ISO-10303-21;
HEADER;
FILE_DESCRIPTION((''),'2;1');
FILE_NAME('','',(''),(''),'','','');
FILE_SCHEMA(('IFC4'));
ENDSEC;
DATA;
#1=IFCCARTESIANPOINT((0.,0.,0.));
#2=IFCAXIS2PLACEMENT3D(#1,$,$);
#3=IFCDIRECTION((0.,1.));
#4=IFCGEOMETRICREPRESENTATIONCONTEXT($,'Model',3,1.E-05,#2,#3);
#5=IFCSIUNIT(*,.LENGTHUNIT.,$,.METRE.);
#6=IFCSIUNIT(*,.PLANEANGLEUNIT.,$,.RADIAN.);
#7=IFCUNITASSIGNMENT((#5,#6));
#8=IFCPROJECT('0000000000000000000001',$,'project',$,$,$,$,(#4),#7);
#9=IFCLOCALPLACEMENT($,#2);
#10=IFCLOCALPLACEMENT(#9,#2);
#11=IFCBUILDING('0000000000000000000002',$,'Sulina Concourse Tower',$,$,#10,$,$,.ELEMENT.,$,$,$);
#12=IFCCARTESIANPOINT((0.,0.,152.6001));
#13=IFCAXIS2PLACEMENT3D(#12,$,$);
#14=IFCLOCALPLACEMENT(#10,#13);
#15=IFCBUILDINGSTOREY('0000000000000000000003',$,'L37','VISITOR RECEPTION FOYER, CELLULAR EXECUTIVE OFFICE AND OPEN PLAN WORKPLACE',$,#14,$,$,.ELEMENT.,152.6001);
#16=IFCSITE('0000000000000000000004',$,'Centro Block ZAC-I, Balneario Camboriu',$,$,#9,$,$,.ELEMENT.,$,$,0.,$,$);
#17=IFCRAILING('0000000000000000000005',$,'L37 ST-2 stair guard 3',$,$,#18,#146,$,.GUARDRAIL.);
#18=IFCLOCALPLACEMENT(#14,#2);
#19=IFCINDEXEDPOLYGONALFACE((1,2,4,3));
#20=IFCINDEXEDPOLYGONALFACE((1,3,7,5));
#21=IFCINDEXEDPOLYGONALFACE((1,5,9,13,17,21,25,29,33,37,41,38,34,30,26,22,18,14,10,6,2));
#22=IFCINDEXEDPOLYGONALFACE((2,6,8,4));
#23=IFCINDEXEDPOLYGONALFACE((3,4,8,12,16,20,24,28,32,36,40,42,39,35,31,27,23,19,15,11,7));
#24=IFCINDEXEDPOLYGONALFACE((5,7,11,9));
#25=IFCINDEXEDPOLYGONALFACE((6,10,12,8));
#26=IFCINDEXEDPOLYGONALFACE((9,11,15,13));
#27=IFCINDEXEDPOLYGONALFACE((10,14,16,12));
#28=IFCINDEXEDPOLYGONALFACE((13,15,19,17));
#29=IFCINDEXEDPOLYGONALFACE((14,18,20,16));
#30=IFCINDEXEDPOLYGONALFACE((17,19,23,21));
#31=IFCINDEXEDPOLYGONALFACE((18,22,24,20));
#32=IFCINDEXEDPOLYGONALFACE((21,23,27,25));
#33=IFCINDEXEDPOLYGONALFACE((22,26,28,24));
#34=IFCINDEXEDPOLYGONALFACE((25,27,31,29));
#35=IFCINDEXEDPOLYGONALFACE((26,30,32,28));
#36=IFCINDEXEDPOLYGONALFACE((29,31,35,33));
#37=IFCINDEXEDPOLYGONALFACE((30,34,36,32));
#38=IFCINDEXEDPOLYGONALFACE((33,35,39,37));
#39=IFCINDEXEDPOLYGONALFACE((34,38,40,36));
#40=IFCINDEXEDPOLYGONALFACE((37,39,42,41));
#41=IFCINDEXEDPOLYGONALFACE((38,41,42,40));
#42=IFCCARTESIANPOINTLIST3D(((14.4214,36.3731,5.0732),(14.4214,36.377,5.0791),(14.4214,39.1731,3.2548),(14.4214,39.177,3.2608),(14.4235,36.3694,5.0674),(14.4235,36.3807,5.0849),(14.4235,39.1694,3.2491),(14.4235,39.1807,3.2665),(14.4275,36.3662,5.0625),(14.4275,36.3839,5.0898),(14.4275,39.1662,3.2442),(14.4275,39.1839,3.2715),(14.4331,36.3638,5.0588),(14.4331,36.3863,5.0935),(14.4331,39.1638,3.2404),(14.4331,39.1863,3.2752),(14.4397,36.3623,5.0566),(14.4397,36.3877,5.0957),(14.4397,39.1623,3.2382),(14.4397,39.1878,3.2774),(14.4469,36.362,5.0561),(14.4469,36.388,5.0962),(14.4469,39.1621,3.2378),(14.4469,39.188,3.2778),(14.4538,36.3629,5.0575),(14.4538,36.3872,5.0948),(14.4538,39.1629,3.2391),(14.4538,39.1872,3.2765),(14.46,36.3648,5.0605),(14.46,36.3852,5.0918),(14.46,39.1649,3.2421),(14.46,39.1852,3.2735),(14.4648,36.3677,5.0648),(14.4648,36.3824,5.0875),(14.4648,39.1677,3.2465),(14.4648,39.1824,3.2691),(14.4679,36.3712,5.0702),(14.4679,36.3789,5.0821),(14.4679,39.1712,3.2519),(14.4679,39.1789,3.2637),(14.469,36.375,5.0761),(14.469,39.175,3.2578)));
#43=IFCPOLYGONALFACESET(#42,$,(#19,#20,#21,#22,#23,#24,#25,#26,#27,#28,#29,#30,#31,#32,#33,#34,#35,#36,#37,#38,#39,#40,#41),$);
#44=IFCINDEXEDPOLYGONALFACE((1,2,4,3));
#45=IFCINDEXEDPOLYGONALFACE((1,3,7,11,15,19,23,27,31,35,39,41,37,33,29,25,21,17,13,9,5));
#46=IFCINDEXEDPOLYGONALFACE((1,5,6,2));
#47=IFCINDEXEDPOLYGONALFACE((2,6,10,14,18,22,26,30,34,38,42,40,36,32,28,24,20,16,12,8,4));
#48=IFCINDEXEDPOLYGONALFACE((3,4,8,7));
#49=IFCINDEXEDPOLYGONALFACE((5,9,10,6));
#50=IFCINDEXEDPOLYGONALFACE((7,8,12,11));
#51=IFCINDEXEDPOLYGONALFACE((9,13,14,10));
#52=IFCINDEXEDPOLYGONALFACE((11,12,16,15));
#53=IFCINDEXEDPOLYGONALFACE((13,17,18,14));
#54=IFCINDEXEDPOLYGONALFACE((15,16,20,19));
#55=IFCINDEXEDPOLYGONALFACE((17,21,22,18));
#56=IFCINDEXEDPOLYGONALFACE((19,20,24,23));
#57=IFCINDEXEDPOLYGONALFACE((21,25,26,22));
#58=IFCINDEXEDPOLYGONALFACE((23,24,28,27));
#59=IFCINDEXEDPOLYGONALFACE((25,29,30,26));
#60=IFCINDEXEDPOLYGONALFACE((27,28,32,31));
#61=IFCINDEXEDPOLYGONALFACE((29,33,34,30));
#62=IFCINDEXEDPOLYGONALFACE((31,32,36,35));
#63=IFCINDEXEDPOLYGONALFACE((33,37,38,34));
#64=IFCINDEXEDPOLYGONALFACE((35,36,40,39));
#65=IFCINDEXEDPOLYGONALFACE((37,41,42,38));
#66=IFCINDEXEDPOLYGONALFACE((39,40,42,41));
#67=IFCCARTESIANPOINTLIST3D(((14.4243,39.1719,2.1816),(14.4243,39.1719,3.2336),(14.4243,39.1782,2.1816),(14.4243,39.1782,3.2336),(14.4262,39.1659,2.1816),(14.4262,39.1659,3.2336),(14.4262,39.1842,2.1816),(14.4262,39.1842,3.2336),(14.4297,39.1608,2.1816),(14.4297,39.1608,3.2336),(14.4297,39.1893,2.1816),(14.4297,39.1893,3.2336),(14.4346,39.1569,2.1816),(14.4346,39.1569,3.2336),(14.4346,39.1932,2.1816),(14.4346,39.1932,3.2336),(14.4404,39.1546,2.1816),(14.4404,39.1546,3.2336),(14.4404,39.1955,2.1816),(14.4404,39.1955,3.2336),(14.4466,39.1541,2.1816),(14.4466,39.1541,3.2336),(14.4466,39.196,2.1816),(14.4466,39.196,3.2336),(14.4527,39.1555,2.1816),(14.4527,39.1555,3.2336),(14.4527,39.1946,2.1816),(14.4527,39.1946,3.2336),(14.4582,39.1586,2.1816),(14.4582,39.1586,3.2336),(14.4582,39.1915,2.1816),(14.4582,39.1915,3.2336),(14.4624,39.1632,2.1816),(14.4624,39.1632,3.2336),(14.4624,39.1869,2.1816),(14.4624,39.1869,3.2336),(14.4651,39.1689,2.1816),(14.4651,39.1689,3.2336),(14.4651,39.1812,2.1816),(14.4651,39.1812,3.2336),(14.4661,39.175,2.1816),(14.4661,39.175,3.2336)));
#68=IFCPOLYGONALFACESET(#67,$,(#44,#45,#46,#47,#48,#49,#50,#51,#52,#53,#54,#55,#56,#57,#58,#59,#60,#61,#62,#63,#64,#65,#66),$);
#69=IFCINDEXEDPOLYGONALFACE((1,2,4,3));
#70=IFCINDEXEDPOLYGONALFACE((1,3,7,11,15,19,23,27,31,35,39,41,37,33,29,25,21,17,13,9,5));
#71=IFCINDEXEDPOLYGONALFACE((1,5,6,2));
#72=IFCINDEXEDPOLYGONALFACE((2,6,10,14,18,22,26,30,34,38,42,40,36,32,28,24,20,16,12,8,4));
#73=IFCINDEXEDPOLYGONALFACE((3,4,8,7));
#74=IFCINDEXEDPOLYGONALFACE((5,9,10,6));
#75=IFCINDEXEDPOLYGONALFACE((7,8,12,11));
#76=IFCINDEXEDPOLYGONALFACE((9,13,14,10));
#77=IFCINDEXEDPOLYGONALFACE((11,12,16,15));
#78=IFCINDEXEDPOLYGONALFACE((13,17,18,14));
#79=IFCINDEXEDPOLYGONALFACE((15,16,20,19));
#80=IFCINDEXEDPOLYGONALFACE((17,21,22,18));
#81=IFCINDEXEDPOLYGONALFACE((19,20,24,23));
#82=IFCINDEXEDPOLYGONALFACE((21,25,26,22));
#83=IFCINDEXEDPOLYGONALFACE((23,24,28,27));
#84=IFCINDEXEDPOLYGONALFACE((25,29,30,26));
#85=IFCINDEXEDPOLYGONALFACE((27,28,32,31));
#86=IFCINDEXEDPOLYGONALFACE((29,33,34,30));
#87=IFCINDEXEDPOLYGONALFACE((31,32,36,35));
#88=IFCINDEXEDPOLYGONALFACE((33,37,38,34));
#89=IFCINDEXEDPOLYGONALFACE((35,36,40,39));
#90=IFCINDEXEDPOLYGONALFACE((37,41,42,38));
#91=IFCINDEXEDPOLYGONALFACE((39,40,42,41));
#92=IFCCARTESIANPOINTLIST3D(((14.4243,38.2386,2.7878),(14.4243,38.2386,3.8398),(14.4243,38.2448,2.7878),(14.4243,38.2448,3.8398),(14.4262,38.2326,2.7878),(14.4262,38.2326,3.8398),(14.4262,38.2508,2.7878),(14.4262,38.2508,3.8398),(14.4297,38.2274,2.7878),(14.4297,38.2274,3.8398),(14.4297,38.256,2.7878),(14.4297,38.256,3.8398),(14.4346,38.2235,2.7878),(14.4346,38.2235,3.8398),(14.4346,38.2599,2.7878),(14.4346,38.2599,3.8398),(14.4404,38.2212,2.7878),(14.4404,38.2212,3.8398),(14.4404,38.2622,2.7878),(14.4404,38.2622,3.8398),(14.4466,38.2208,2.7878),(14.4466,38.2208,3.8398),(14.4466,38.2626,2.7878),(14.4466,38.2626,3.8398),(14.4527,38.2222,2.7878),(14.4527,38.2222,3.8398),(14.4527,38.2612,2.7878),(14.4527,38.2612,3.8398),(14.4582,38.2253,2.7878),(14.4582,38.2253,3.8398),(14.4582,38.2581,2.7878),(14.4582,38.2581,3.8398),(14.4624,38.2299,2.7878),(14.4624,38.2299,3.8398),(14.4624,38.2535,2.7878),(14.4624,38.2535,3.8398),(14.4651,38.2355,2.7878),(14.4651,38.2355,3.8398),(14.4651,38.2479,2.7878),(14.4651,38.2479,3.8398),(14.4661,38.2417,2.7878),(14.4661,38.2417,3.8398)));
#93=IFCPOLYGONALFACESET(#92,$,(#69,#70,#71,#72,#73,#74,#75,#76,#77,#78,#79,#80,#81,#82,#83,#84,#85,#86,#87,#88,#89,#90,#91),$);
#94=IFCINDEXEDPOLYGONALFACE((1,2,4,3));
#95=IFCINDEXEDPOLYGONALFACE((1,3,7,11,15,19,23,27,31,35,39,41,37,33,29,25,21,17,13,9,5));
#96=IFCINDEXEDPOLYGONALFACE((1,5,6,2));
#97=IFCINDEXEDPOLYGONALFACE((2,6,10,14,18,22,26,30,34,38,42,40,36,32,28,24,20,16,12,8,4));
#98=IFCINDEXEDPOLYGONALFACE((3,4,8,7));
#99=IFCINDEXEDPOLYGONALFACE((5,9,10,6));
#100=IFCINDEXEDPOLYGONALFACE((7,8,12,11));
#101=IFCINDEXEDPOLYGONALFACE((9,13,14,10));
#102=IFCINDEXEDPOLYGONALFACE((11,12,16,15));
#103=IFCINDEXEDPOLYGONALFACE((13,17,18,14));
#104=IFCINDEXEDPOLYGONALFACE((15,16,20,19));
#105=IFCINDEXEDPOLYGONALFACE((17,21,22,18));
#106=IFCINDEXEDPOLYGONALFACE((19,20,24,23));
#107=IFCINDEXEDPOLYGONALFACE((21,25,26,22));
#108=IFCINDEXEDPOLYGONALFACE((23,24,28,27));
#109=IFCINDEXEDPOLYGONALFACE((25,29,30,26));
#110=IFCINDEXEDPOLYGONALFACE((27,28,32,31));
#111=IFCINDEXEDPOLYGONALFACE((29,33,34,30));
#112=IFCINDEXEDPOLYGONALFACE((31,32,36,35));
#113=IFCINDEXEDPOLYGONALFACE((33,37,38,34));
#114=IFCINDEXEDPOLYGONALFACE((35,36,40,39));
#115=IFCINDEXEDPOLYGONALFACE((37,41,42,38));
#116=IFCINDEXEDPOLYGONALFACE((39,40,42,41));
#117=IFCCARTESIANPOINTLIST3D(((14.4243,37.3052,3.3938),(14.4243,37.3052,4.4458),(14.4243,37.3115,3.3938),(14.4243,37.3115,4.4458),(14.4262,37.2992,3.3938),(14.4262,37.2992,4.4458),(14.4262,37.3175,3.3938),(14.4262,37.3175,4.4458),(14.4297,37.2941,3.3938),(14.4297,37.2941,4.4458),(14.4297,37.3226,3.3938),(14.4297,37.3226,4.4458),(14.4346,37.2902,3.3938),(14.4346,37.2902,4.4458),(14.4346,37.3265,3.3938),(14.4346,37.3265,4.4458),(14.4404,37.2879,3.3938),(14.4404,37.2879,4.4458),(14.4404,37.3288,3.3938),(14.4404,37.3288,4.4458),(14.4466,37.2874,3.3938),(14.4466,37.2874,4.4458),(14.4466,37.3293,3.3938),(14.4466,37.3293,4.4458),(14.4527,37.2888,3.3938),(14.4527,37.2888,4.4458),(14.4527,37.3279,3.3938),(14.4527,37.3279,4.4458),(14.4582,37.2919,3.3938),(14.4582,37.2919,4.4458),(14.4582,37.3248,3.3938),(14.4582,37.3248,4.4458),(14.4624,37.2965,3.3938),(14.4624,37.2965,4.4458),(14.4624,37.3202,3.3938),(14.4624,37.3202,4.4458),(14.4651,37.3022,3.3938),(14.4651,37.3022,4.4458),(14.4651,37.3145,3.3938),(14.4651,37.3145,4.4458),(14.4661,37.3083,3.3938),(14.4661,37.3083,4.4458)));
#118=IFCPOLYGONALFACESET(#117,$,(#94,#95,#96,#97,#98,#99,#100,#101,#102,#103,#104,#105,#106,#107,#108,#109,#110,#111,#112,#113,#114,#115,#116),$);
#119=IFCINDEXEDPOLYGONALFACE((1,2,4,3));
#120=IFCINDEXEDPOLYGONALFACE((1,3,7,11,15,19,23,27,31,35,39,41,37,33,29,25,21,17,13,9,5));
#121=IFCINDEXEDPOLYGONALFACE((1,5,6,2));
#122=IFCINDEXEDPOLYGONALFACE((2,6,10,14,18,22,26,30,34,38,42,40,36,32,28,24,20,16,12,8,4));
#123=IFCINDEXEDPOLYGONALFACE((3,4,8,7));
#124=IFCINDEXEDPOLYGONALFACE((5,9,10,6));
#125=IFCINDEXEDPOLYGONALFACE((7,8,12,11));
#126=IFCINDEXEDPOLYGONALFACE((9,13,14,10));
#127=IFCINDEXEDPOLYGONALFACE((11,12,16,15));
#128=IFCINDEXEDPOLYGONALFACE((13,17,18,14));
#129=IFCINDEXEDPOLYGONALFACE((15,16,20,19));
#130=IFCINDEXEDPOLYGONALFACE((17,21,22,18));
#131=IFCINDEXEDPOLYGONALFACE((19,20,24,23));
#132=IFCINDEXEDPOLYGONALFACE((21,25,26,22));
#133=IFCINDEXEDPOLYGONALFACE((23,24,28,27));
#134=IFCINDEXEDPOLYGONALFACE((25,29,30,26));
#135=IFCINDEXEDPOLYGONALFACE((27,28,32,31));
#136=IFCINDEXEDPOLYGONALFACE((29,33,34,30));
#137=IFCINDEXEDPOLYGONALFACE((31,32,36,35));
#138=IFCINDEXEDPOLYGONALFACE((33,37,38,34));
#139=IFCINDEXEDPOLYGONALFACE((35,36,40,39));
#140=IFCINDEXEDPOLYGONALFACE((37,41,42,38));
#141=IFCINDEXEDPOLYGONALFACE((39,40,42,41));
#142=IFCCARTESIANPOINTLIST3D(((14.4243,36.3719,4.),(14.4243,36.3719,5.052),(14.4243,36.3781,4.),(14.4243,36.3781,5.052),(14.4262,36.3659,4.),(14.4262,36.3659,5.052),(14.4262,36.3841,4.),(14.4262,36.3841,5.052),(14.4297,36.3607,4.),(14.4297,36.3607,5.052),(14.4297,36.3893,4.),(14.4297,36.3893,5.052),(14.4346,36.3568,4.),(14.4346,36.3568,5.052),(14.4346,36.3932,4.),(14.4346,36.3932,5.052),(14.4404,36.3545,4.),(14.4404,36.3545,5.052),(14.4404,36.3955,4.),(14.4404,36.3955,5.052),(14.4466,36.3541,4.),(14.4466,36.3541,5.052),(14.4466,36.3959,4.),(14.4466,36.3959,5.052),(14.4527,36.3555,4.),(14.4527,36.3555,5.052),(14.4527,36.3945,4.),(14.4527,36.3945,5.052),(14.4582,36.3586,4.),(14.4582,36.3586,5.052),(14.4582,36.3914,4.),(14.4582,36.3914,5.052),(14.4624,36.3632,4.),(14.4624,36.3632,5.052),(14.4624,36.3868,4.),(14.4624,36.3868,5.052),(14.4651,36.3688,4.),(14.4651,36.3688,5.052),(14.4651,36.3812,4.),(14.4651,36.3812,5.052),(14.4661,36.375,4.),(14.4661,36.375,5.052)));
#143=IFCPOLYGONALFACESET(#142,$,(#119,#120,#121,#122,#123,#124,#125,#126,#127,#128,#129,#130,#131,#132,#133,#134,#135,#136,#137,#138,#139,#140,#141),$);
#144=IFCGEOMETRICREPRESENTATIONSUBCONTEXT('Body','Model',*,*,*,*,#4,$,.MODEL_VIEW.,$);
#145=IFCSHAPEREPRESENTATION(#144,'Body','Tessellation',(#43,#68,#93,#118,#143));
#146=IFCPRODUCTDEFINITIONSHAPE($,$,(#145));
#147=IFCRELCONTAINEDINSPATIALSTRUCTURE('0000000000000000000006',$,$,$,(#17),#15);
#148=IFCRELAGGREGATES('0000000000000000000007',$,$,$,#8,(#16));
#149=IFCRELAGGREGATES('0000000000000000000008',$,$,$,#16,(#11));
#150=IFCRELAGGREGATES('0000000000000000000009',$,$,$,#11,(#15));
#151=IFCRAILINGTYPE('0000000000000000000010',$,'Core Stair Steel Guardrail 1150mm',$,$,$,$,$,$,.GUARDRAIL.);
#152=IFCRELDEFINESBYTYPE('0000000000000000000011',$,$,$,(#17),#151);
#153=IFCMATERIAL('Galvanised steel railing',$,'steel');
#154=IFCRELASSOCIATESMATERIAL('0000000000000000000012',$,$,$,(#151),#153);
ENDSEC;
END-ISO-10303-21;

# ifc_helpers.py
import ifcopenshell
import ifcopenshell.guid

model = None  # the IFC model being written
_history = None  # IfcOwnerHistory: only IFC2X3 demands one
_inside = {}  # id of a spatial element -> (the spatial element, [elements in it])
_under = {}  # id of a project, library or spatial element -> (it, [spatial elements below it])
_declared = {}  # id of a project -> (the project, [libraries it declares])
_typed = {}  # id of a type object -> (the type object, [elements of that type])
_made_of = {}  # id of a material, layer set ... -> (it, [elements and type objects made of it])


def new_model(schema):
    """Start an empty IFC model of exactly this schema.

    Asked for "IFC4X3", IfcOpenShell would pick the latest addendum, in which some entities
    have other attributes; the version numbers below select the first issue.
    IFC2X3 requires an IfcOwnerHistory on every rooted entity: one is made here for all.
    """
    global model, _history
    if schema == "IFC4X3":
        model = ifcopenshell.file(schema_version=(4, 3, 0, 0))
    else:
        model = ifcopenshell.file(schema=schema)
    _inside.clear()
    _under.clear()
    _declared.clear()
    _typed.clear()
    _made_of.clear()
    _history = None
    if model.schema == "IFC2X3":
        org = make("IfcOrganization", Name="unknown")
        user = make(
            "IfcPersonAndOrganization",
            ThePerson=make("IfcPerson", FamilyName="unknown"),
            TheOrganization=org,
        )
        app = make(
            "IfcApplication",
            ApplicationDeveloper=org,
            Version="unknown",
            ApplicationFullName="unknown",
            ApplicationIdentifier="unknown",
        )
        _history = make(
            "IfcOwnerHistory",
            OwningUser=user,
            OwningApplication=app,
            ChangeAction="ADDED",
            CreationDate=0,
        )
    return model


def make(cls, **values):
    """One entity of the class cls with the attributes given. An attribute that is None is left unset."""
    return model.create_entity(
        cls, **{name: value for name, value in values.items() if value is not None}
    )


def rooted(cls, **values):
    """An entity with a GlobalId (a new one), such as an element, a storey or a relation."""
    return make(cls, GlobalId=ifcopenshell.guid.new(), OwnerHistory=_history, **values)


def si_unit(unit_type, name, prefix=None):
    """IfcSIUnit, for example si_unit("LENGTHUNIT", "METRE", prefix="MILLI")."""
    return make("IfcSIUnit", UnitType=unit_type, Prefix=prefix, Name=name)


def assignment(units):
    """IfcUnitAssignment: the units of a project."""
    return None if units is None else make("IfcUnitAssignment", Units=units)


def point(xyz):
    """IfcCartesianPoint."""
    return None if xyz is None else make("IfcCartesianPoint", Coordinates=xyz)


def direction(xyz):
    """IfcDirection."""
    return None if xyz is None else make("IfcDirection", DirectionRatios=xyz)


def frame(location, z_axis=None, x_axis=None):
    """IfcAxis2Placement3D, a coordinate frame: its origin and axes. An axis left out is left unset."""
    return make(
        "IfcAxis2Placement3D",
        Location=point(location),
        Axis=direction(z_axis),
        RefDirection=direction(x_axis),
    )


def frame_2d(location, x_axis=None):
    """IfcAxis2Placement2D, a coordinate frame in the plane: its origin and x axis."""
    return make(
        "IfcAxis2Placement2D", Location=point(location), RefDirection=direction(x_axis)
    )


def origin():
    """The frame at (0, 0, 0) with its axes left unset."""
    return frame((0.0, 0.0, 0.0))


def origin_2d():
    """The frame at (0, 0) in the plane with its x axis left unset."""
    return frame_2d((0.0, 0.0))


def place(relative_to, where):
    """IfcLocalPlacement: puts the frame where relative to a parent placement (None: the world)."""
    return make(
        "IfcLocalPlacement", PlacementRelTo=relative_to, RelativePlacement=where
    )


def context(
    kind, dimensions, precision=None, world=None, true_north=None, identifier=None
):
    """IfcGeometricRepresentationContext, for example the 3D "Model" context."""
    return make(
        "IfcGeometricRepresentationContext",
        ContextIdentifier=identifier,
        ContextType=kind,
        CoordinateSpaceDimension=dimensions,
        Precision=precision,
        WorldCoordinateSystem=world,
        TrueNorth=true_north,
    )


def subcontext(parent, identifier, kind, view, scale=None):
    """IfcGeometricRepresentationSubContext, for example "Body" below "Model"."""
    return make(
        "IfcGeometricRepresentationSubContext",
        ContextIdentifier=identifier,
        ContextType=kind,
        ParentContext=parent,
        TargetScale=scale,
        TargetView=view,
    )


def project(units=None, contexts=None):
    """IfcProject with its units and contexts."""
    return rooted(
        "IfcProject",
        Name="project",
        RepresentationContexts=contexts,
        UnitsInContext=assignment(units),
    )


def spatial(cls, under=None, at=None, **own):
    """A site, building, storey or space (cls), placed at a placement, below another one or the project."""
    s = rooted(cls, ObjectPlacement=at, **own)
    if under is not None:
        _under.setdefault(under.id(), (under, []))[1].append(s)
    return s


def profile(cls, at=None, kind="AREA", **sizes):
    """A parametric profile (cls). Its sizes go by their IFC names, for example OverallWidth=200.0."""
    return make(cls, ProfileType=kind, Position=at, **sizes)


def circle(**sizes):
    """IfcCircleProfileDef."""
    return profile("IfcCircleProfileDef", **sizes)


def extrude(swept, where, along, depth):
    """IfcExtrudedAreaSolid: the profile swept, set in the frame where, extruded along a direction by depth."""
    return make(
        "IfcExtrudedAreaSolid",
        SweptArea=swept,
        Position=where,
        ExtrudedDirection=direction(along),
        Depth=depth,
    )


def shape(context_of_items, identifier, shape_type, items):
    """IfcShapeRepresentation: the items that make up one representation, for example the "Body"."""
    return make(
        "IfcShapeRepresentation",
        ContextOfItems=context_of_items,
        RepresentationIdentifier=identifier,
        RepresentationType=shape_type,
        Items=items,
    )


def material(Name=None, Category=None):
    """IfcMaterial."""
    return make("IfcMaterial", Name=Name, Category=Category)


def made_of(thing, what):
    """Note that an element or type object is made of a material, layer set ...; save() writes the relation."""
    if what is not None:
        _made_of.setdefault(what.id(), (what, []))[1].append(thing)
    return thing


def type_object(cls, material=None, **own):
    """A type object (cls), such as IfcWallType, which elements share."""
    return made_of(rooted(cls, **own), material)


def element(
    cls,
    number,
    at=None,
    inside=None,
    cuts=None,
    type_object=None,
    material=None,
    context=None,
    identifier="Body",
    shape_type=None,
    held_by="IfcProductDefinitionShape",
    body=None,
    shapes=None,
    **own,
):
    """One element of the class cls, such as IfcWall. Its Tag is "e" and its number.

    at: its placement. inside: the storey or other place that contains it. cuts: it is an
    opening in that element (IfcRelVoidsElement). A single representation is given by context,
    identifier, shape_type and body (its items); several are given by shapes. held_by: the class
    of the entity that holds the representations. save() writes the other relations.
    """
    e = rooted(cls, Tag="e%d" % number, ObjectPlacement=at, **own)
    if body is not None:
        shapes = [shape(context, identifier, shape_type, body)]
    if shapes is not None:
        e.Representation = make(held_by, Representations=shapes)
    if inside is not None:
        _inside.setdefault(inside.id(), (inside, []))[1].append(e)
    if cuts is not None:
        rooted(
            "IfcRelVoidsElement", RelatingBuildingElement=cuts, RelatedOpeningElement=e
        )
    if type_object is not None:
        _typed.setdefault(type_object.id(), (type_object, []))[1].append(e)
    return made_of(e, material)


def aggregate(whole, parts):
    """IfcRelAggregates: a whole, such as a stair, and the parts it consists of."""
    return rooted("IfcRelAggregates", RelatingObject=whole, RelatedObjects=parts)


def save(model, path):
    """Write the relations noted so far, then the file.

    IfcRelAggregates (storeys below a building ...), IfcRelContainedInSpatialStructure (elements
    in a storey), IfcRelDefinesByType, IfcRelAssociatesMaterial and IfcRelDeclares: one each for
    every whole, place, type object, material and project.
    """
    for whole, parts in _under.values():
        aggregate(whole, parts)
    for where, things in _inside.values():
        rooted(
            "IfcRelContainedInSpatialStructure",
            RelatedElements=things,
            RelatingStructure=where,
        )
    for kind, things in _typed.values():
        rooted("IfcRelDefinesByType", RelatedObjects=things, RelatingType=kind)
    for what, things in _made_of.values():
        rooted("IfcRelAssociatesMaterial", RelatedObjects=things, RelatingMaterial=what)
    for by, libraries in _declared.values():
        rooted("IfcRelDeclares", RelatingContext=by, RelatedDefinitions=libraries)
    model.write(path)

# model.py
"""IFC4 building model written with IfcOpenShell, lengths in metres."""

from ifc_helpers import new_model, si_unit, direction, frame, origin, origin_2d, place, context, subcontext, project, spatial, circle, extrude, material, type_object, element, save


model = new_model("IFC4")

# Units and contexts
model_context = context("Model", 3, precision=1e-05, world=origin(), true_north=direction((0.0, 1.0)))
body_context = subcontext(model_context, "Body", "Model", "MODEL_VIEW")
ifc_project = project(units=[si_unit("LENGTHUNIT", "METRE"), si_unit("PLANEANGLEUNIT", "RADIAN")], contexts=[model_context])

# Site, building, storey
site_placement = place(None, origin())
site = spatial("IfcSite", under=ifc_project, at=site_placement, Name="Centro Block ZAC-I, Balneario Camboriu", CompositionType="ELEMENT", RefElevation=0.0)
building_placement = place(site_placement, origin())
building = spatial("IfcBuilding", under=site, at=building_placement, Name="Sulina Concourse Tower", CompositionType="ELEMENT")
storey_placement = place(building_placement, frame((0.0, 0.0, 152.6001)))
storey = spatial("IfcBuildingStorey", under=building, at=storey_placement, Name="L37", Description="VISITOR RECEPTION FOYER, CELLULAR EXECUTIVE OFFICE AND OPEN PLAN WORKPLACE", CompositionType="ELEMENT", Elevation=152.6001)

# Railing
ifc_material_1 = material(Name="Galvanised steel railing", Category="steel")
railing_type_1 = type_object("IfcRailingType", Name="Core Stair Steel Guardrail 1150mm", PredefinedType="GUARDRAIL", material=ifc_material_1)
railing_1_placement = place(storey_placement, frame((14.4451, 39.175, 2.1816)))
element("IfcRailing", 1, at=railing_1_placement, inside=storey, type_object=railing_type_1, Name="L37 ST-2 stair guard 3", PredefinedType="GUARDRAIL", context=body_context, shape_type="SweptSolid", body=[
    extrude(circle(Radius=0.0239, at=origin_2d()), frame((0.0, 0.0, 1.0762), z_axis=(0.0, -0.838672, 0.544636), x_axis=(1.0, 0.0, 0.0)), (0.0, 0.0, 1.0), 3.3386),
    extrude(circle(Radius=0.021, at=origin_2d()), origin(), (0.0, 0.0, 1.0), 1.052),
    extrude(circle(Radius=0.021, at=origin_2d()), frame((0.0, -0.9333, 0.6062)), (0.0, 0.0, 1.0), 1.052),
    extrude(circle(Radius=0.021, at=origin_2d()), frame((0.0, -1.8667, 1.2122)), (0.0, 0.0, 1.0), 1.052),
    extrude(circle(Radius=0.021, at=origin_2d()), frame((0.0, -2.8, 1.8184)), (0.0, 0.0, 1.0), 1.052),
])

save(model, "model.ifc")
